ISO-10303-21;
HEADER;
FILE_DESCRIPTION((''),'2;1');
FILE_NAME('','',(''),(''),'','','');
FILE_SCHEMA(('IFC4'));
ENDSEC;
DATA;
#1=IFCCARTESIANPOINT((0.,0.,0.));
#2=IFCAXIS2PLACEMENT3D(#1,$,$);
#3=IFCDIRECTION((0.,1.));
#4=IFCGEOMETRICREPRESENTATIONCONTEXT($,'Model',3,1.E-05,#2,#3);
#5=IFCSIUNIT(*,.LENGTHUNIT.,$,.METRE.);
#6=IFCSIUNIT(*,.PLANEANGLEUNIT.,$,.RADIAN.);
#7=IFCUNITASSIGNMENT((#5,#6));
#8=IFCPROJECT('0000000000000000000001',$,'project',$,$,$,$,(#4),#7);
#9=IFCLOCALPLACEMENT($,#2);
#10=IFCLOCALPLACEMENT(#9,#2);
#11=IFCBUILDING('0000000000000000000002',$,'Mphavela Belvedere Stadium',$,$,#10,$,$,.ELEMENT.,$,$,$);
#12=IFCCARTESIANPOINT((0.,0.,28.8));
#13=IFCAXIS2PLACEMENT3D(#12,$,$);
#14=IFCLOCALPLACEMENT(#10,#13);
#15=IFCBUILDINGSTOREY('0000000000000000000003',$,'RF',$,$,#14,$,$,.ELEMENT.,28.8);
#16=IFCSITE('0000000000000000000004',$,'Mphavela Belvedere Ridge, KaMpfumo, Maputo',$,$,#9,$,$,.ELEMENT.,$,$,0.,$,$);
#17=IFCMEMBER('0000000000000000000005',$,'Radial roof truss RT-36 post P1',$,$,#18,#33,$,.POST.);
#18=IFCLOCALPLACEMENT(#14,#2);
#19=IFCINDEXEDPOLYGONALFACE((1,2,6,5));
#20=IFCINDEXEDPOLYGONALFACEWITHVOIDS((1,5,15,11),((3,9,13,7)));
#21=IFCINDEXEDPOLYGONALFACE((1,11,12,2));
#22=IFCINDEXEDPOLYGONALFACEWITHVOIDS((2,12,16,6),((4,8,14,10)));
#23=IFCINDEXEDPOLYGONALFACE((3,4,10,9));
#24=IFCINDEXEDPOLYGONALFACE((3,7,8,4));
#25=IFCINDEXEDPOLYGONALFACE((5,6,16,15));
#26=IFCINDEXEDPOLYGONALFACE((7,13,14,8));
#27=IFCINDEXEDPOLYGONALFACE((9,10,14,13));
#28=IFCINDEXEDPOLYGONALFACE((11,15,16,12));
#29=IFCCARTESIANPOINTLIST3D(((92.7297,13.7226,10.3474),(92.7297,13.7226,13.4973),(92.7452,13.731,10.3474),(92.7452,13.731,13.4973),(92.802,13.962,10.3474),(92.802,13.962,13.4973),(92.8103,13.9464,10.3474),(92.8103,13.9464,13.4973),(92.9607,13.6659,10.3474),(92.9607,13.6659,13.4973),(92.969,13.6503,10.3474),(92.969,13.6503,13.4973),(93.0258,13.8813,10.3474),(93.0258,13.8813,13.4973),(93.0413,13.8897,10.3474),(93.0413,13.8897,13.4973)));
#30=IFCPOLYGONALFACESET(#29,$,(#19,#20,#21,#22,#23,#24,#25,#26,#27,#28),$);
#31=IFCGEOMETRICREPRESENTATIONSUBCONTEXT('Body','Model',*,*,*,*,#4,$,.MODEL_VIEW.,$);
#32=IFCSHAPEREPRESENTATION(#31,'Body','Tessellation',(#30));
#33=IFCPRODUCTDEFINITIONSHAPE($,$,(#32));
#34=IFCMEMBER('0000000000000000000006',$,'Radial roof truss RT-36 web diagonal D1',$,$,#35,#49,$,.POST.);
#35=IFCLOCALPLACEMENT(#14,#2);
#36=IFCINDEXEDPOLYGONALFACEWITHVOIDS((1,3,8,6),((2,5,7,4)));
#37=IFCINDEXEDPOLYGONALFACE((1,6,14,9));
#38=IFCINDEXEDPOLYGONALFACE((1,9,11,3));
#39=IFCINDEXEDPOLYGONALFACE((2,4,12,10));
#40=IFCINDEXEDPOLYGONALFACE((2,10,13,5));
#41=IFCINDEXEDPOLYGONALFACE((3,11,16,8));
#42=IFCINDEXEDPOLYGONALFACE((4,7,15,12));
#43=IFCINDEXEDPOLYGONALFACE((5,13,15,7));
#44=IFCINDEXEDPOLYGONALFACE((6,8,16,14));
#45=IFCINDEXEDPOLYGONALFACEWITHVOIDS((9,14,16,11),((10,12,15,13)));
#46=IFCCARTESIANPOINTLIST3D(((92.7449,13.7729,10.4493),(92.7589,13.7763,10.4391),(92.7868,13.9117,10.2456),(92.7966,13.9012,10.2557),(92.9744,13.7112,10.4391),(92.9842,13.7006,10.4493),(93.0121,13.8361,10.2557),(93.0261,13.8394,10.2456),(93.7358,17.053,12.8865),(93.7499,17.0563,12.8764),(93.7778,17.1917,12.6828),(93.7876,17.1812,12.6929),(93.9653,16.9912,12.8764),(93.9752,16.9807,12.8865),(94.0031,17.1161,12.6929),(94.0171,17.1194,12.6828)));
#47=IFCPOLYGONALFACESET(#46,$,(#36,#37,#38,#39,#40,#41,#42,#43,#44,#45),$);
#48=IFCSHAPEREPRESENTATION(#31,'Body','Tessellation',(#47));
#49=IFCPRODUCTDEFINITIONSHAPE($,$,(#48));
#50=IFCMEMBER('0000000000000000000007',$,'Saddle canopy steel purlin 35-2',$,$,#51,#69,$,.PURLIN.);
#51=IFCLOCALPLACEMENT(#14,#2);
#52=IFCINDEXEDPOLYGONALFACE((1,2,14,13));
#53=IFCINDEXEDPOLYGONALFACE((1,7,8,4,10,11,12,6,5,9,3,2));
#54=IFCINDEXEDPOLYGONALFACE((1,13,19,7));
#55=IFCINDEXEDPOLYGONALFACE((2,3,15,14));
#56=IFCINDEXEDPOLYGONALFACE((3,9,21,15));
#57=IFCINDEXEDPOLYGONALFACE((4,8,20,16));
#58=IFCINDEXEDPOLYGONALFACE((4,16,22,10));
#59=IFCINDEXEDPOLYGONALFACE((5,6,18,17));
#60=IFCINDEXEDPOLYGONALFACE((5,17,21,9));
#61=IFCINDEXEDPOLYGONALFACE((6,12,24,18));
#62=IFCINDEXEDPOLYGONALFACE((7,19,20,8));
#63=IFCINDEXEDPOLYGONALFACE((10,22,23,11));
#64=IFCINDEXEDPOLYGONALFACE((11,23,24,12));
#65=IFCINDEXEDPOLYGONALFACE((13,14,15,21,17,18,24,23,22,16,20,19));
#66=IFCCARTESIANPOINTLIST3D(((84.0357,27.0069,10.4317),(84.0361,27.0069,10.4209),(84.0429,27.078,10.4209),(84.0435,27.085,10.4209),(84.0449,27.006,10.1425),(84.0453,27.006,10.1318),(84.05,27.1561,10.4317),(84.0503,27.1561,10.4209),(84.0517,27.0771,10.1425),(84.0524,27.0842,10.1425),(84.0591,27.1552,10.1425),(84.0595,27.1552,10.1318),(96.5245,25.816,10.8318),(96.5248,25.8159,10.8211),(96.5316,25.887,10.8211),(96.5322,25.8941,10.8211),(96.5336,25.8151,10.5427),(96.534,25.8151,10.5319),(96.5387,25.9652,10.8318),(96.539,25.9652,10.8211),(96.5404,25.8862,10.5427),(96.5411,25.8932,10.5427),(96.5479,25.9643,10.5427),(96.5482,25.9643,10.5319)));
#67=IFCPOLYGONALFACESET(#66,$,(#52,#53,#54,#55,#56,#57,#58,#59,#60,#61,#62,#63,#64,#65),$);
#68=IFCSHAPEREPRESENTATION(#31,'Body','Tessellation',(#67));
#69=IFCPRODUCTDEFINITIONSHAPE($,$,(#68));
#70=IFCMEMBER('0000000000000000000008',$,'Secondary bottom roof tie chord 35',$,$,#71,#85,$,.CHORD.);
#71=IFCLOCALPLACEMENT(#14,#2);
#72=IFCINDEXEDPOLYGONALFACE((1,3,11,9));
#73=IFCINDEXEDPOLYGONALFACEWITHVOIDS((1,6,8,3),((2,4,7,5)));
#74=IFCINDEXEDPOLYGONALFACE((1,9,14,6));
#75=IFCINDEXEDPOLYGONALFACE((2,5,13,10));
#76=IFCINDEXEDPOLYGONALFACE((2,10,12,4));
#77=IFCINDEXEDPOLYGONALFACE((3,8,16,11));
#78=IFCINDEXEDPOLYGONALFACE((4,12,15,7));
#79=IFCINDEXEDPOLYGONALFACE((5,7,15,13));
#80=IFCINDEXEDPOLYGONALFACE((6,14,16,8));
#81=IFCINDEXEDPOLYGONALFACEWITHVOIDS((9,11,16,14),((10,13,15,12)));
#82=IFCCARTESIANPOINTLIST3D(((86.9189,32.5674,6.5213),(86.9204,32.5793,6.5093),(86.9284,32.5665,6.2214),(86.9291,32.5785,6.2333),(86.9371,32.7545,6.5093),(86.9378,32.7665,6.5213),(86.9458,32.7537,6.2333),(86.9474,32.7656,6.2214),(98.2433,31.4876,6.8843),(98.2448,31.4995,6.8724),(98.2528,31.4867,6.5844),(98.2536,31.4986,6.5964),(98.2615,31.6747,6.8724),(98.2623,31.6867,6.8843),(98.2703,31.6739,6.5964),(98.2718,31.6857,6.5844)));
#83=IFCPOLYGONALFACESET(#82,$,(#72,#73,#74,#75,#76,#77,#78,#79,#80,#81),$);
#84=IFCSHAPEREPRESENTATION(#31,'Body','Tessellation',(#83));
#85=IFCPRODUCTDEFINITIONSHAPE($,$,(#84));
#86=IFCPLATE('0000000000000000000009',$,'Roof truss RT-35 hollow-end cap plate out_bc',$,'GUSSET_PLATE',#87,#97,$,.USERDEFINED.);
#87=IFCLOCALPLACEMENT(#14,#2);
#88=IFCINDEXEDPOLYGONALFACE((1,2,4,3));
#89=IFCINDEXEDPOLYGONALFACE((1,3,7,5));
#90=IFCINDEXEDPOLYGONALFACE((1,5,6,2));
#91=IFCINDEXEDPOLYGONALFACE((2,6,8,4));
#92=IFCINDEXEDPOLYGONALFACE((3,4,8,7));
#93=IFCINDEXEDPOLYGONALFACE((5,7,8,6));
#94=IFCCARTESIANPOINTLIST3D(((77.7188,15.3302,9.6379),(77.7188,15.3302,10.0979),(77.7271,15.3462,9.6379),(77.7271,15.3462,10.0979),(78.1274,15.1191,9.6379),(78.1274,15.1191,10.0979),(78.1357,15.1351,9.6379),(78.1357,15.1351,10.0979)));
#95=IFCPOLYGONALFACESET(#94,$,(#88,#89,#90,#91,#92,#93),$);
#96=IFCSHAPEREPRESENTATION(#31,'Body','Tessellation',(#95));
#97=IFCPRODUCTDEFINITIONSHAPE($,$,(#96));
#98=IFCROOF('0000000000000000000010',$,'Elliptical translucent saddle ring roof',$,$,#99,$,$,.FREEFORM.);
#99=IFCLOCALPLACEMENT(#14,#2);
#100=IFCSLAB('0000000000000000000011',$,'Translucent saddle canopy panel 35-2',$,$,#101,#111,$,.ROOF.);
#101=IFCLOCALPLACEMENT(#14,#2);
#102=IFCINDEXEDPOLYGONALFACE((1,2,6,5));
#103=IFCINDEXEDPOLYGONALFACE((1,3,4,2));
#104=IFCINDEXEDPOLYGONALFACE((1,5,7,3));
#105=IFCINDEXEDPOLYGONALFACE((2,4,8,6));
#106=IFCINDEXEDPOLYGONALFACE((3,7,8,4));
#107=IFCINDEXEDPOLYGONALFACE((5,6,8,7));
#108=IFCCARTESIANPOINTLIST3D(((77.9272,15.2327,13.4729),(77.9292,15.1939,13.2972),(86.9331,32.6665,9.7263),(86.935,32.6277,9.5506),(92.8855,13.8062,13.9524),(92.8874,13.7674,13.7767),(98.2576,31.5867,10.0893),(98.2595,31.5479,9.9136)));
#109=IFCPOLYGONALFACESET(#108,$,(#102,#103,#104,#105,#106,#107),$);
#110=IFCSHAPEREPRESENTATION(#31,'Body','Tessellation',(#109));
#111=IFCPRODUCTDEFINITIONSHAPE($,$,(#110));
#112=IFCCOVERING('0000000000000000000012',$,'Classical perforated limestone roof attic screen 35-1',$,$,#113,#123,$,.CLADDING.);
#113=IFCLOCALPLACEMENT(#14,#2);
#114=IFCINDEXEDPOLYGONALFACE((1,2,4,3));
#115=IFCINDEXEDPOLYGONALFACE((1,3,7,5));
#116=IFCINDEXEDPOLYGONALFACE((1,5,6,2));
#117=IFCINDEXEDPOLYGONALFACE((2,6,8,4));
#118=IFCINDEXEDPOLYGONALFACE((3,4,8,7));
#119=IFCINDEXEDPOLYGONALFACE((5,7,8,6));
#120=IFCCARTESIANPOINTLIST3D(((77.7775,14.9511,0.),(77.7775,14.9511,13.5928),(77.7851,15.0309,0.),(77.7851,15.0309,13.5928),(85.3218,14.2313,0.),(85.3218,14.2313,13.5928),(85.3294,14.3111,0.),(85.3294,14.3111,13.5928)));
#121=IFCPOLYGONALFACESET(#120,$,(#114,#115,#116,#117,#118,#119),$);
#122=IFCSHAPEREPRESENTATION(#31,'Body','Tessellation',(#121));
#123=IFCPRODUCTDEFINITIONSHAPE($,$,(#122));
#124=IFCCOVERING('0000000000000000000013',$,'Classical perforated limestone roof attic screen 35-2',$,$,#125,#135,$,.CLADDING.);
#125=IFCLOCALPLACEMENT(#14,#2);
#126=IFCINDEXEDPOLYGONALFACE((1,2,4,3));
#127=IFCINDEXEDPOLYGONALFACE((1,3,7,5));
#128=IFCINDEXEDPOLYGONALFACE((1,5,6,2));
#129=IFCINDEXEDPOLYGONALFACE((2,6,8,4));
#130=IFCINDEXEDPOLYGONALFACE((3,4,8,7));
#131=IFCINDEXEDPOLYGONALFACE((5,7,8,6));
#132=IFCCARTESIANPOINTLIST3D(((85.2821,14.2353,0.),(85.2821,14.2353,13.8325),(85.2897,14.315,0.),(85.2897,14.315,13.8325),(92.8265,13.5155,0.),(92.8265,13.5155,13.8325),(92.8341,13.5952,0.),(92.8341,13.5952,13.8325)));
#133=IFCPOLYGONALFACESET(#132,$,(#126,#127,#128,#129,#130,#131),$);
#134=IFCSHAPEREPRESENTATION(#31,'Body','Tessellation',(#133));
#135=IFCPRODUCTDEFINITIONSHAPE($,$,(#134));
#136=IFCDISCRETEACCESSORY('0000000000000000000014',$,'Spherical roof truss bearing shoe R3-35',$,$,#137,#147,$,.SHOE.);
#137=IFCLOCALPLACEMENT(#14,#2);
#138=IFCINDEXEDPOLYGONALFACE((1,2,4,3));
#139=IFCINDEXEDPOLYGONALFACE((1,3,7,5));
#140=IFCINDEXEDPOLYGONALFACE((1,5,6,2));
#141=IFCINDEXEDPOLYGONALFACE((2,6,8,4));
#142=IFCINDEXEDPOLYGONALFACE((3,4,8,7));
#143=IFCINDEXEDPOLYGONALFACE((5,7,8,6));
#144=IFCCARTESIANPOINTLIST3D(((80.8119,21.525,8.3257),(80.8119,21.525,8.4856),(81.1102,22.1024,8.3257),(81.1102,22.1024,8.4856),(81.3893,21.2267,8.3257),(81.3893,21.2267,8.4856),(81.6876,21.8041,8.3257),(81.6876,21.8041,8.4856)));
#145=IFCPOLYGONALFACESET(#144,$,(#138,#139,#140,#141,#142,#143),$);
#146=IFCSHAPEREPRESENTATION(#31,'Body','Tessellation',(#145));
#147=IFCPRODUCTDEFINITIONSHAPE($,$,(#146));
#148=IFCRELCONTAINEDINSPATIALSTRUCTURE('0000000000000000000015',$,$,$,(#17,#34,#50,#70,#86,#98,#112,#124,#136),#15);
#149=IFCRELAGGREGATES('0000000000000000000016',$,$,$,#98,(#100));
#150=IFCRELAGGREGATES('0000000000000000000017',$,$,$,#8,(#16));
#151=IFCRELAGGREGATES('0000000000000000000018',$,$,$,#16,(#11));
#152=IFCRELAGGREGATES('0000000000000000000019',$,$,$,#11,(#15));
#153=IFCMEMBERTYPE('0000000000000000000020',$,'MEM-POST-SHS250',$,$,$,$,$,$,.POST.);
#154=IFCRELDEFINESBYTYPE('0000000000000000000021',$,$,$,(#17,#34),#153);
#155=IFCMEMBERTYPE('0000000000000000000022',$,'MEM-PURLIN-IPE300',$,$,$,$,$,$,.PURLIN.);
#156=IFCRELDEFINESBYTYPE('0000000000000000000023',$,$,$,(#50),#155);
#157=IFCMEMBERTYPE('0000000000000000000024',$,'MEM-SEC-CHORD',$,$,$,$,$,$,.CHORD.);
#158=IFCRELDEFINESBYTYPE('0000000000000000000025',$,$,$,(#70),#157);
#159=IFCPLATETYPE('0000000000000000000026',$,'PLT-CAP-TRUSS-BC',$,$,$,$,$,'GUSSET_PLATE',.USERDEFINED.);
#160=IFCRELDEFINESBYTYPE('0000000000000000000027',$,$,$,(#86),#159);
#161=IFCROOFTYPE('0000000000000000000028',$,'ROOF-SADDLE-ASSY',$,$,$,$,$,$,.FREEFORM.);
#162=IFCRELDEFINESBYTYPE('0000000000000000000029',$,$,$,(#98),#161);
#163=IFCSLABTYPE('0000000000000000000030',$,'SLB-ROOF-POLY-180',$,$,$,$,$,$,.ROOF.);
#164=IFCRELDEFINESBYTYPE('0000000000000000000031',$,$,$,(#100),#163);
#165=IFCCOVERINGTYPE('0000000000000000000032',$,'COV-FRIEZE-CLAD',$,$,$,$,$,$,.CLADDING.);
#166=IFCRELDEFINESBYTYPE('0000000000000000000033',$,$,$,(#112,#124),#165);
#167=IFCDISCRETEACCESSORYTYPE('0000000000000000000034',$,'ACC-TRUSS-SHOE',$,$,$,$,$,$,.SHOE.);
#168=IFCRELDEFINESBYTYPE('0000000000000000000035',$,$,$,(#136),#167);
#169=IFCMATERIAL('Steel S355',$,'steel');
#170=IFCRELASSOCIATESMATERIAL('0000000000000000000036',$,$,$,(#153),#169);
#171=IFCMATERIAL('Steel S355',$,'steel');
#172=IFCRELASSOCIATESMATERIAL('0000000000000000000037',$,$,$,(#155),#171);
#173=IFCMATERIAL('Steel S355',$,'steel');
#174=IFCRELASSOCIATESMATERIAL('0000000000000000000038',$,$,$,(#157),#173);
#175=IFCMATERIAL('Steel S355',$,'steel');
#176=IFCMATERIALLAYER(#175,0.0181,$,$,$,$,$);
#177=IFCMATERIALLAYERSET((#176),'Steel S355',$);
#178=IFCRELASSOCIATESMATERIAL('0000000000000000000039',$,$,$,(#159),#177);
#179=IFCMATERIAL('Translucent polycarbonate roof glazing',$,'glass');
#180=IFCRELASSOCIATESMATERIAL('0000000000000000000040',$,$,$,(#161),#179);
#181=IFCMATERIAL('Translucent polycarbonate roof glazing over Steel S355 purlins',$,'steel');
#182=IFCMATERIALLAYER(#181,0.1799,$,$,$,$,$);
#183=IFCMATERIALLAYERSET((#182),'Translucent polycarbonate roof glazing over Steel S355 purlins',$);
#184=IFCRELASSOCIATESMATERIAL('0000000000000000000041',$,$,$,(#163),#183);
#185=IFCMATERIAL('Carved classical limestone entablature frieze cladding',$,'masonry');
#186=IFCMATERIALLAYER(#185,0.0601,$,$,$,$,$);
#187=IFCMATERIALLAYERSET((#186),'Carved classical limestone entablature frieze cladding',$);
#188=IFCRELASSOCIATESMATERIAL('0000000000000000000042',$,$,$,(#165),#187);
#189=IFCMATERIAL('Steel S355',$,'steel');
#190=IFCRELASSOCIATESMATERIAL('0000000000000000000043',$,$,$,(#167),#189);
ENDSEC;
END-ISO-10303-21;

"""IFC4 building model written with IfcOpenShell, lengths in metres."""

from ifc_helpers import new_model, si_unit, direction, frame, origin, origin_2d, place, context, subcontext, project, spatial, polyline, rectangle, hollow_rectangle, i_section, outline, extrude, material, layer, layer_set, material_profile, profile_set, type_object, element, aggregate, save


model = new_model("IFC4")

# Units and contexts
model_context = context("Model", 3, precision=1e-05, world=origin(), true_north=direction((0.0, 1.0)))
body_context = subcontext(model_context, "Body", "Model", "MODEL_VIEW")
ifc_project = project(units=[si_unit("LENGTHUNIT", "METRE"), si_unit("PLANEANGLEUNIT", "RADIAN")], contexts=[model_context])

# Site, building, storey
site_placement = place(None, origin())
site = spatial("IfcSite", under=ifc_project, at=site_placement, Name="Mphavela Belvedere Ridge, KaMpfumo, Maputo", CompositionType="ELEMENT", RefElevation=0.0)
building_placement = place(site_placement, origin())
building = spatial("IfcBuilding", under=site, at=building_placement, Name="Mphavela Belvedere Stadium", CompositionType="ELEMENT")
storey_placement = place(building_placement, frame((0.0, 0.0, 28.8)))
storey = spatial("IfcBuildingStorey", under=building, at=storey_placement, Name="RF", CompositionType="ELEMENT", Elevation=28.8)

# Members
ifc_material_1 = material(Name="Steel S355", Category="steel")
ifc_material_profile_1 = material_profile(ifc_material_1, hollow_rectangle(XDim=0.25, YDim=0.25, WallThickness=0.0125, at=origin_2d()), Name="SHS 250x250x12.5")
ifc_profile_set_1 = profile_set([ifc_material_profile_1], Name="Steel S355")
member_type_1 = type_object("IfcMemberType", Name="MEM-POST-SHS250", PredefinedType="POST", material=ifc_profile_set_1)
member_1_placement = place(storey_placement, frame((92.8855, 13.8062, 10.3474), z_axis=(0.0, 0.0, 1.0), x_axis=(-0.289199, -0.957269, 0.0)))
element("IfcMember", 1, at=member_1_placement, inside=storey, type_object=member_type_1, Name="Radial roof truss RT-36 post P1", PredefinedType="POST", context=body_context, shape_type="SweptSolid", body=[
    extrude(hollow_rectangle(XDim=0.25, YDim=0.25, WallThickness=0.0125, at=origin_2d()), origin(), (0.0, 0.0, 1.0), 3.1499),
])
member_2_placement = place(storey_placement, frame((92.8855, 13.8062, 10.3474), z_axis=(0.235672, 0.780057, 0.579629), x_axis=(-0.957266, 0.28921, 0.0)))
element("IfcMember", 2, at=member_2_placement, inside=storey, type_object=member_type_1, Name="Radial roof truss RT-36 web diagonal D1", PredefinedType="POST", context=body_context, shape_type="SweptSolid", body=[
    extrude(hollow_rectangle(XDim=0.25, YDim=0.25, WallThickness=0.0125, at=origin_2d()), origin(), (0.0, 0.0, 1.0), 4.2048),
])
ifc_material_2 = material(Name="Steel S355", Category="steel")
ifc_material_profile_2 = material_profile(ifc_material_2, i_section(OverallWidth=0.1499, OverallDepth=0.3, WebThickness=0.0071, FlangeThickness=0.0107, at=origin_2d()), Name="IPE 300")
ifc_profile_set_2 = profile_set([ifc_material_profile_2], Name="Steel S355")
member_type_2 = type_object("IfcMemberType", Name="MEM-PURLIN-IPE300", PredefinedType="PURLIN", material=ifc_profile_set_2)
member_3_placement = place(storey_placement, frame((84.0476, 27.0811, 10.2817), z_axis=(0.994978, -0.09488, 0.03188), x_axis=(0.094928, 0.995484, 0.0)))
element("IfcMember", 3, at=member_3_placement, inside=storey, type_object=member_type_2, Name="Saddle canopy steel purlin 35-2", PredefinedType="PURLIN", context=body_context, shape_type="SweptSolid", body=[
    extrude(i_section(OverallWidth=0.1499, OverallDepth=0.3, WebThickness=0.0071, FlangeThickness=0.0107, at=origin_2d()), origin(), (0.0, 0.0, 1.0), 12.5518),
])
ifc_material_3 = material(Name="Steel S355", Category="steel")
ifc_material_profile_3 = material_profile(ifc_material_3, hollow_rectangle(XDim=0.2, YDim=0.3, WallThickness=0.012, at=origin_2d()), Name="RHS 300x200x12")
ifc_profile_set_3 = profile_set([ifc_material_profile_3], Name="Steel S355")
member_type_3 = type_object("IfcMemberType", Name="MEM-SEC-CHORD", PredefinedType="CHORD", material=ifc_profile_set_3)
member_4_placement = place(storey_placement, frame((86.9331, 32.6665, 6.3713), z_axis=(0.994978, -0.094875, 0.031897), x_axis=(0.094924, 0.995485, 0.0)))
element("IfcMember", 4, at=member_4_placement, inside=storey, type_object=member_type_3, Name="Secondary bottom roof tie chord 35", PredefinedType="CHORD", context=body_context, shape_type="SweptSolid", body=[
    extrude(hollow_rectangle(XDim=0.2, YDim=0.3, WallThickness=0.012, at=origin_2d()), origin(), (0.0, 0.0, 1.0), 11.3816),
])

# Plate
ifc_material_4 = material(Name="Steel S355", Category="steel")
ifc_layer_1 = layer(ifc_material_4, 0.0181)
ifc_layer_set_1 = layer_set([ifc_layer_1], Name="Steel S355")
plate_type = type_object("IfcPlateType", Name="PLT-CAP-TRUSS-BC", ElementType="GUSSET_PLATE", PredefinedType="USERDEFINED", material=ifc_layer_set_1)
plate_placement = place(storey_placement, frame((77.9272, 15.2327, 9.6379), z_axis=(0.0, 0.0, 1.0), x_axis=(-0.45896, -0.888457, 0.0)))
element("IfcPlate", 5, at=plate_placement, inside=storey, type_object=plate_type, Name="Roof truss RT-35 hollow-end cap plate out_bc", ObjectType="GUSSET_PLATE", PredefinedType="USERDEFINED", context=body_context, shape_type="SweptSolid", body=[
    extrude(rectangle(XDim=0.0181, YDim=0.46, at=origin_2d()), origin(), (0.0, 0.0, 1.0), 0.46),
])

# Roof, slab
ifc_material_5 = material(Name="Translucent polycarbonate roof glazing", Category="glass")
roof_type = type_object("IfcRoofType", Name="ROOF-SADDLE-ASSY", PredefinedType="FREEFORM", material=ifc_material_5)
roof_placement = place(storey_placement, origin())
roof = element("IfcRoof", 6, at=roof_placement, inside=storey, type_object=roof_type, Name="Elliptical translucent saddle ring roof", PredefinedType="FREEFORM")
ifc_material_6 = material(Name="Translucent polycarbonate roof glazing over Steel S355 purlins", Category="steel")
ifc_layer_2 = layer(ifc_material_6, 0.1799)
ifc_layer_set_2 = layer_set([ifc_layer_2], Name="Translucent polycarbonate roof glazing over Steel S355 purlins")
slab_type = type_object("IfcSlabType", Name="SLB-ROOF-POLY-180", PredefinedType="ROOF", material=ifc_layer_set_2)
slab_placement = place(storey_placement, frame((86.9331, 32.6665, 9.7263), z_axis=(-0.010761, 0.215402, 0.976466), x_axis=(0.994978, -0.094876, 0.031894)))
slab = element("IfcSlab", 7, at=slab_placement, type_object=slab_type, Name="Translucent saddle canopy panel 35-2", PredefinedType="ROOF", context=body_context, shape_type="SweptSolid", body=[
    extrude(outline(polyline([(0.0, 0.0), (11.3816, 0.0), (7.8467, -18.6396), (-7.1871, -18.6394), (0.0, 0.0)])), origin(), (0.0, 0.0, -1.0), 0.1799),
])
aggregate(roof, [slab])

# Coverings
ifc_material_7 = material(Name="Carved classical limestone entablature frieze cladding", Category="masonry")
ifc_layer_3 = layer(ifc_material_7, 0.0601)
ifc_layer_set_3 = layer_set([ifc_layer_3], Name="Carved classical limestone entablature frieze cladding")
covering_type_1 = type_object("IfcCoveringType", Name="COV-FRIEZE-CLAD", PredefinedType="CLADDING", material=ifc_layer_set_3)
covering_1_placement = place(storey_placement, frame((81.5535, 14.6311, 0.0), z_axis=(0.0, 0.0, 1.0), x_axis=(0.995479, -0.094977, 0.0)))
element("IfcCovering", 8, at=covering_1_placement, inside=storey, type_object=covering_type_1, Name="Classical perforated limestone roof attic screen 35-1", PredefinedType="CLADDING", context=body_context, shape_type="SweptSolid", body=[
    extrude(rectangle(XDim=7.5786, YDim=0.0801, at=origin_2d()), origin(), (0.0, 0.0, 1.0), 13.5928),
])
covering_2_placement = place(storey_placement, frame((89.0581, 13.9153, 0.0), z_axis=(0.0, 0.0, 1.0), x_axis=(0.995479, -0.094977, 0.0)))
element("IfcCovering", 9, at=covering_2_placement, inside=storey, type_object=covering_type_1, Name="Classical perforated limestone roof attic screen 35-2", PredefinedType="CLADDING", context=body_context, shape_type="SweptSolid", body=[
    extrude(rectangle(XDim=7.5786, YDim=0.0801, at=origin_2d()), origin(), (0.0, 0.0, 1.0), 13.8325),
])

# Discrete accessory
ifc_material_8 = material(Name="Steel S355", Category="steel")
discrete_accessory_type = type_object("IfcDiscreteAccessoryType", Name="ACC-TRUSS-SHOE", PredefinedType="SHOE", material=ifc_material_8)
discrete_accessory_placement = place(storey_placement, frame((81.2498, 21.6646, 8.3257), z_axis=(0.0, 0.0, 1.0), x_axis=(-0.45896, -0.888457, 0.0)))
element("IfcDiscreteAccessory", 10, at=discrete_accessory_placement, inside=storey, type_object=discrete_accessory_type, Name="Spherical roof truss bearing shoe R3-35", PredefinedType="SHOE", context=body_context, shape_type="SweptSolid", body=[
    extrude(rectangle(XDim=0.6499, YDim=0.6499, at=origin_2d()), origin(), (0.0, 0.0, 1.0), 0.1599),
])

save(model, "model.ifc")
